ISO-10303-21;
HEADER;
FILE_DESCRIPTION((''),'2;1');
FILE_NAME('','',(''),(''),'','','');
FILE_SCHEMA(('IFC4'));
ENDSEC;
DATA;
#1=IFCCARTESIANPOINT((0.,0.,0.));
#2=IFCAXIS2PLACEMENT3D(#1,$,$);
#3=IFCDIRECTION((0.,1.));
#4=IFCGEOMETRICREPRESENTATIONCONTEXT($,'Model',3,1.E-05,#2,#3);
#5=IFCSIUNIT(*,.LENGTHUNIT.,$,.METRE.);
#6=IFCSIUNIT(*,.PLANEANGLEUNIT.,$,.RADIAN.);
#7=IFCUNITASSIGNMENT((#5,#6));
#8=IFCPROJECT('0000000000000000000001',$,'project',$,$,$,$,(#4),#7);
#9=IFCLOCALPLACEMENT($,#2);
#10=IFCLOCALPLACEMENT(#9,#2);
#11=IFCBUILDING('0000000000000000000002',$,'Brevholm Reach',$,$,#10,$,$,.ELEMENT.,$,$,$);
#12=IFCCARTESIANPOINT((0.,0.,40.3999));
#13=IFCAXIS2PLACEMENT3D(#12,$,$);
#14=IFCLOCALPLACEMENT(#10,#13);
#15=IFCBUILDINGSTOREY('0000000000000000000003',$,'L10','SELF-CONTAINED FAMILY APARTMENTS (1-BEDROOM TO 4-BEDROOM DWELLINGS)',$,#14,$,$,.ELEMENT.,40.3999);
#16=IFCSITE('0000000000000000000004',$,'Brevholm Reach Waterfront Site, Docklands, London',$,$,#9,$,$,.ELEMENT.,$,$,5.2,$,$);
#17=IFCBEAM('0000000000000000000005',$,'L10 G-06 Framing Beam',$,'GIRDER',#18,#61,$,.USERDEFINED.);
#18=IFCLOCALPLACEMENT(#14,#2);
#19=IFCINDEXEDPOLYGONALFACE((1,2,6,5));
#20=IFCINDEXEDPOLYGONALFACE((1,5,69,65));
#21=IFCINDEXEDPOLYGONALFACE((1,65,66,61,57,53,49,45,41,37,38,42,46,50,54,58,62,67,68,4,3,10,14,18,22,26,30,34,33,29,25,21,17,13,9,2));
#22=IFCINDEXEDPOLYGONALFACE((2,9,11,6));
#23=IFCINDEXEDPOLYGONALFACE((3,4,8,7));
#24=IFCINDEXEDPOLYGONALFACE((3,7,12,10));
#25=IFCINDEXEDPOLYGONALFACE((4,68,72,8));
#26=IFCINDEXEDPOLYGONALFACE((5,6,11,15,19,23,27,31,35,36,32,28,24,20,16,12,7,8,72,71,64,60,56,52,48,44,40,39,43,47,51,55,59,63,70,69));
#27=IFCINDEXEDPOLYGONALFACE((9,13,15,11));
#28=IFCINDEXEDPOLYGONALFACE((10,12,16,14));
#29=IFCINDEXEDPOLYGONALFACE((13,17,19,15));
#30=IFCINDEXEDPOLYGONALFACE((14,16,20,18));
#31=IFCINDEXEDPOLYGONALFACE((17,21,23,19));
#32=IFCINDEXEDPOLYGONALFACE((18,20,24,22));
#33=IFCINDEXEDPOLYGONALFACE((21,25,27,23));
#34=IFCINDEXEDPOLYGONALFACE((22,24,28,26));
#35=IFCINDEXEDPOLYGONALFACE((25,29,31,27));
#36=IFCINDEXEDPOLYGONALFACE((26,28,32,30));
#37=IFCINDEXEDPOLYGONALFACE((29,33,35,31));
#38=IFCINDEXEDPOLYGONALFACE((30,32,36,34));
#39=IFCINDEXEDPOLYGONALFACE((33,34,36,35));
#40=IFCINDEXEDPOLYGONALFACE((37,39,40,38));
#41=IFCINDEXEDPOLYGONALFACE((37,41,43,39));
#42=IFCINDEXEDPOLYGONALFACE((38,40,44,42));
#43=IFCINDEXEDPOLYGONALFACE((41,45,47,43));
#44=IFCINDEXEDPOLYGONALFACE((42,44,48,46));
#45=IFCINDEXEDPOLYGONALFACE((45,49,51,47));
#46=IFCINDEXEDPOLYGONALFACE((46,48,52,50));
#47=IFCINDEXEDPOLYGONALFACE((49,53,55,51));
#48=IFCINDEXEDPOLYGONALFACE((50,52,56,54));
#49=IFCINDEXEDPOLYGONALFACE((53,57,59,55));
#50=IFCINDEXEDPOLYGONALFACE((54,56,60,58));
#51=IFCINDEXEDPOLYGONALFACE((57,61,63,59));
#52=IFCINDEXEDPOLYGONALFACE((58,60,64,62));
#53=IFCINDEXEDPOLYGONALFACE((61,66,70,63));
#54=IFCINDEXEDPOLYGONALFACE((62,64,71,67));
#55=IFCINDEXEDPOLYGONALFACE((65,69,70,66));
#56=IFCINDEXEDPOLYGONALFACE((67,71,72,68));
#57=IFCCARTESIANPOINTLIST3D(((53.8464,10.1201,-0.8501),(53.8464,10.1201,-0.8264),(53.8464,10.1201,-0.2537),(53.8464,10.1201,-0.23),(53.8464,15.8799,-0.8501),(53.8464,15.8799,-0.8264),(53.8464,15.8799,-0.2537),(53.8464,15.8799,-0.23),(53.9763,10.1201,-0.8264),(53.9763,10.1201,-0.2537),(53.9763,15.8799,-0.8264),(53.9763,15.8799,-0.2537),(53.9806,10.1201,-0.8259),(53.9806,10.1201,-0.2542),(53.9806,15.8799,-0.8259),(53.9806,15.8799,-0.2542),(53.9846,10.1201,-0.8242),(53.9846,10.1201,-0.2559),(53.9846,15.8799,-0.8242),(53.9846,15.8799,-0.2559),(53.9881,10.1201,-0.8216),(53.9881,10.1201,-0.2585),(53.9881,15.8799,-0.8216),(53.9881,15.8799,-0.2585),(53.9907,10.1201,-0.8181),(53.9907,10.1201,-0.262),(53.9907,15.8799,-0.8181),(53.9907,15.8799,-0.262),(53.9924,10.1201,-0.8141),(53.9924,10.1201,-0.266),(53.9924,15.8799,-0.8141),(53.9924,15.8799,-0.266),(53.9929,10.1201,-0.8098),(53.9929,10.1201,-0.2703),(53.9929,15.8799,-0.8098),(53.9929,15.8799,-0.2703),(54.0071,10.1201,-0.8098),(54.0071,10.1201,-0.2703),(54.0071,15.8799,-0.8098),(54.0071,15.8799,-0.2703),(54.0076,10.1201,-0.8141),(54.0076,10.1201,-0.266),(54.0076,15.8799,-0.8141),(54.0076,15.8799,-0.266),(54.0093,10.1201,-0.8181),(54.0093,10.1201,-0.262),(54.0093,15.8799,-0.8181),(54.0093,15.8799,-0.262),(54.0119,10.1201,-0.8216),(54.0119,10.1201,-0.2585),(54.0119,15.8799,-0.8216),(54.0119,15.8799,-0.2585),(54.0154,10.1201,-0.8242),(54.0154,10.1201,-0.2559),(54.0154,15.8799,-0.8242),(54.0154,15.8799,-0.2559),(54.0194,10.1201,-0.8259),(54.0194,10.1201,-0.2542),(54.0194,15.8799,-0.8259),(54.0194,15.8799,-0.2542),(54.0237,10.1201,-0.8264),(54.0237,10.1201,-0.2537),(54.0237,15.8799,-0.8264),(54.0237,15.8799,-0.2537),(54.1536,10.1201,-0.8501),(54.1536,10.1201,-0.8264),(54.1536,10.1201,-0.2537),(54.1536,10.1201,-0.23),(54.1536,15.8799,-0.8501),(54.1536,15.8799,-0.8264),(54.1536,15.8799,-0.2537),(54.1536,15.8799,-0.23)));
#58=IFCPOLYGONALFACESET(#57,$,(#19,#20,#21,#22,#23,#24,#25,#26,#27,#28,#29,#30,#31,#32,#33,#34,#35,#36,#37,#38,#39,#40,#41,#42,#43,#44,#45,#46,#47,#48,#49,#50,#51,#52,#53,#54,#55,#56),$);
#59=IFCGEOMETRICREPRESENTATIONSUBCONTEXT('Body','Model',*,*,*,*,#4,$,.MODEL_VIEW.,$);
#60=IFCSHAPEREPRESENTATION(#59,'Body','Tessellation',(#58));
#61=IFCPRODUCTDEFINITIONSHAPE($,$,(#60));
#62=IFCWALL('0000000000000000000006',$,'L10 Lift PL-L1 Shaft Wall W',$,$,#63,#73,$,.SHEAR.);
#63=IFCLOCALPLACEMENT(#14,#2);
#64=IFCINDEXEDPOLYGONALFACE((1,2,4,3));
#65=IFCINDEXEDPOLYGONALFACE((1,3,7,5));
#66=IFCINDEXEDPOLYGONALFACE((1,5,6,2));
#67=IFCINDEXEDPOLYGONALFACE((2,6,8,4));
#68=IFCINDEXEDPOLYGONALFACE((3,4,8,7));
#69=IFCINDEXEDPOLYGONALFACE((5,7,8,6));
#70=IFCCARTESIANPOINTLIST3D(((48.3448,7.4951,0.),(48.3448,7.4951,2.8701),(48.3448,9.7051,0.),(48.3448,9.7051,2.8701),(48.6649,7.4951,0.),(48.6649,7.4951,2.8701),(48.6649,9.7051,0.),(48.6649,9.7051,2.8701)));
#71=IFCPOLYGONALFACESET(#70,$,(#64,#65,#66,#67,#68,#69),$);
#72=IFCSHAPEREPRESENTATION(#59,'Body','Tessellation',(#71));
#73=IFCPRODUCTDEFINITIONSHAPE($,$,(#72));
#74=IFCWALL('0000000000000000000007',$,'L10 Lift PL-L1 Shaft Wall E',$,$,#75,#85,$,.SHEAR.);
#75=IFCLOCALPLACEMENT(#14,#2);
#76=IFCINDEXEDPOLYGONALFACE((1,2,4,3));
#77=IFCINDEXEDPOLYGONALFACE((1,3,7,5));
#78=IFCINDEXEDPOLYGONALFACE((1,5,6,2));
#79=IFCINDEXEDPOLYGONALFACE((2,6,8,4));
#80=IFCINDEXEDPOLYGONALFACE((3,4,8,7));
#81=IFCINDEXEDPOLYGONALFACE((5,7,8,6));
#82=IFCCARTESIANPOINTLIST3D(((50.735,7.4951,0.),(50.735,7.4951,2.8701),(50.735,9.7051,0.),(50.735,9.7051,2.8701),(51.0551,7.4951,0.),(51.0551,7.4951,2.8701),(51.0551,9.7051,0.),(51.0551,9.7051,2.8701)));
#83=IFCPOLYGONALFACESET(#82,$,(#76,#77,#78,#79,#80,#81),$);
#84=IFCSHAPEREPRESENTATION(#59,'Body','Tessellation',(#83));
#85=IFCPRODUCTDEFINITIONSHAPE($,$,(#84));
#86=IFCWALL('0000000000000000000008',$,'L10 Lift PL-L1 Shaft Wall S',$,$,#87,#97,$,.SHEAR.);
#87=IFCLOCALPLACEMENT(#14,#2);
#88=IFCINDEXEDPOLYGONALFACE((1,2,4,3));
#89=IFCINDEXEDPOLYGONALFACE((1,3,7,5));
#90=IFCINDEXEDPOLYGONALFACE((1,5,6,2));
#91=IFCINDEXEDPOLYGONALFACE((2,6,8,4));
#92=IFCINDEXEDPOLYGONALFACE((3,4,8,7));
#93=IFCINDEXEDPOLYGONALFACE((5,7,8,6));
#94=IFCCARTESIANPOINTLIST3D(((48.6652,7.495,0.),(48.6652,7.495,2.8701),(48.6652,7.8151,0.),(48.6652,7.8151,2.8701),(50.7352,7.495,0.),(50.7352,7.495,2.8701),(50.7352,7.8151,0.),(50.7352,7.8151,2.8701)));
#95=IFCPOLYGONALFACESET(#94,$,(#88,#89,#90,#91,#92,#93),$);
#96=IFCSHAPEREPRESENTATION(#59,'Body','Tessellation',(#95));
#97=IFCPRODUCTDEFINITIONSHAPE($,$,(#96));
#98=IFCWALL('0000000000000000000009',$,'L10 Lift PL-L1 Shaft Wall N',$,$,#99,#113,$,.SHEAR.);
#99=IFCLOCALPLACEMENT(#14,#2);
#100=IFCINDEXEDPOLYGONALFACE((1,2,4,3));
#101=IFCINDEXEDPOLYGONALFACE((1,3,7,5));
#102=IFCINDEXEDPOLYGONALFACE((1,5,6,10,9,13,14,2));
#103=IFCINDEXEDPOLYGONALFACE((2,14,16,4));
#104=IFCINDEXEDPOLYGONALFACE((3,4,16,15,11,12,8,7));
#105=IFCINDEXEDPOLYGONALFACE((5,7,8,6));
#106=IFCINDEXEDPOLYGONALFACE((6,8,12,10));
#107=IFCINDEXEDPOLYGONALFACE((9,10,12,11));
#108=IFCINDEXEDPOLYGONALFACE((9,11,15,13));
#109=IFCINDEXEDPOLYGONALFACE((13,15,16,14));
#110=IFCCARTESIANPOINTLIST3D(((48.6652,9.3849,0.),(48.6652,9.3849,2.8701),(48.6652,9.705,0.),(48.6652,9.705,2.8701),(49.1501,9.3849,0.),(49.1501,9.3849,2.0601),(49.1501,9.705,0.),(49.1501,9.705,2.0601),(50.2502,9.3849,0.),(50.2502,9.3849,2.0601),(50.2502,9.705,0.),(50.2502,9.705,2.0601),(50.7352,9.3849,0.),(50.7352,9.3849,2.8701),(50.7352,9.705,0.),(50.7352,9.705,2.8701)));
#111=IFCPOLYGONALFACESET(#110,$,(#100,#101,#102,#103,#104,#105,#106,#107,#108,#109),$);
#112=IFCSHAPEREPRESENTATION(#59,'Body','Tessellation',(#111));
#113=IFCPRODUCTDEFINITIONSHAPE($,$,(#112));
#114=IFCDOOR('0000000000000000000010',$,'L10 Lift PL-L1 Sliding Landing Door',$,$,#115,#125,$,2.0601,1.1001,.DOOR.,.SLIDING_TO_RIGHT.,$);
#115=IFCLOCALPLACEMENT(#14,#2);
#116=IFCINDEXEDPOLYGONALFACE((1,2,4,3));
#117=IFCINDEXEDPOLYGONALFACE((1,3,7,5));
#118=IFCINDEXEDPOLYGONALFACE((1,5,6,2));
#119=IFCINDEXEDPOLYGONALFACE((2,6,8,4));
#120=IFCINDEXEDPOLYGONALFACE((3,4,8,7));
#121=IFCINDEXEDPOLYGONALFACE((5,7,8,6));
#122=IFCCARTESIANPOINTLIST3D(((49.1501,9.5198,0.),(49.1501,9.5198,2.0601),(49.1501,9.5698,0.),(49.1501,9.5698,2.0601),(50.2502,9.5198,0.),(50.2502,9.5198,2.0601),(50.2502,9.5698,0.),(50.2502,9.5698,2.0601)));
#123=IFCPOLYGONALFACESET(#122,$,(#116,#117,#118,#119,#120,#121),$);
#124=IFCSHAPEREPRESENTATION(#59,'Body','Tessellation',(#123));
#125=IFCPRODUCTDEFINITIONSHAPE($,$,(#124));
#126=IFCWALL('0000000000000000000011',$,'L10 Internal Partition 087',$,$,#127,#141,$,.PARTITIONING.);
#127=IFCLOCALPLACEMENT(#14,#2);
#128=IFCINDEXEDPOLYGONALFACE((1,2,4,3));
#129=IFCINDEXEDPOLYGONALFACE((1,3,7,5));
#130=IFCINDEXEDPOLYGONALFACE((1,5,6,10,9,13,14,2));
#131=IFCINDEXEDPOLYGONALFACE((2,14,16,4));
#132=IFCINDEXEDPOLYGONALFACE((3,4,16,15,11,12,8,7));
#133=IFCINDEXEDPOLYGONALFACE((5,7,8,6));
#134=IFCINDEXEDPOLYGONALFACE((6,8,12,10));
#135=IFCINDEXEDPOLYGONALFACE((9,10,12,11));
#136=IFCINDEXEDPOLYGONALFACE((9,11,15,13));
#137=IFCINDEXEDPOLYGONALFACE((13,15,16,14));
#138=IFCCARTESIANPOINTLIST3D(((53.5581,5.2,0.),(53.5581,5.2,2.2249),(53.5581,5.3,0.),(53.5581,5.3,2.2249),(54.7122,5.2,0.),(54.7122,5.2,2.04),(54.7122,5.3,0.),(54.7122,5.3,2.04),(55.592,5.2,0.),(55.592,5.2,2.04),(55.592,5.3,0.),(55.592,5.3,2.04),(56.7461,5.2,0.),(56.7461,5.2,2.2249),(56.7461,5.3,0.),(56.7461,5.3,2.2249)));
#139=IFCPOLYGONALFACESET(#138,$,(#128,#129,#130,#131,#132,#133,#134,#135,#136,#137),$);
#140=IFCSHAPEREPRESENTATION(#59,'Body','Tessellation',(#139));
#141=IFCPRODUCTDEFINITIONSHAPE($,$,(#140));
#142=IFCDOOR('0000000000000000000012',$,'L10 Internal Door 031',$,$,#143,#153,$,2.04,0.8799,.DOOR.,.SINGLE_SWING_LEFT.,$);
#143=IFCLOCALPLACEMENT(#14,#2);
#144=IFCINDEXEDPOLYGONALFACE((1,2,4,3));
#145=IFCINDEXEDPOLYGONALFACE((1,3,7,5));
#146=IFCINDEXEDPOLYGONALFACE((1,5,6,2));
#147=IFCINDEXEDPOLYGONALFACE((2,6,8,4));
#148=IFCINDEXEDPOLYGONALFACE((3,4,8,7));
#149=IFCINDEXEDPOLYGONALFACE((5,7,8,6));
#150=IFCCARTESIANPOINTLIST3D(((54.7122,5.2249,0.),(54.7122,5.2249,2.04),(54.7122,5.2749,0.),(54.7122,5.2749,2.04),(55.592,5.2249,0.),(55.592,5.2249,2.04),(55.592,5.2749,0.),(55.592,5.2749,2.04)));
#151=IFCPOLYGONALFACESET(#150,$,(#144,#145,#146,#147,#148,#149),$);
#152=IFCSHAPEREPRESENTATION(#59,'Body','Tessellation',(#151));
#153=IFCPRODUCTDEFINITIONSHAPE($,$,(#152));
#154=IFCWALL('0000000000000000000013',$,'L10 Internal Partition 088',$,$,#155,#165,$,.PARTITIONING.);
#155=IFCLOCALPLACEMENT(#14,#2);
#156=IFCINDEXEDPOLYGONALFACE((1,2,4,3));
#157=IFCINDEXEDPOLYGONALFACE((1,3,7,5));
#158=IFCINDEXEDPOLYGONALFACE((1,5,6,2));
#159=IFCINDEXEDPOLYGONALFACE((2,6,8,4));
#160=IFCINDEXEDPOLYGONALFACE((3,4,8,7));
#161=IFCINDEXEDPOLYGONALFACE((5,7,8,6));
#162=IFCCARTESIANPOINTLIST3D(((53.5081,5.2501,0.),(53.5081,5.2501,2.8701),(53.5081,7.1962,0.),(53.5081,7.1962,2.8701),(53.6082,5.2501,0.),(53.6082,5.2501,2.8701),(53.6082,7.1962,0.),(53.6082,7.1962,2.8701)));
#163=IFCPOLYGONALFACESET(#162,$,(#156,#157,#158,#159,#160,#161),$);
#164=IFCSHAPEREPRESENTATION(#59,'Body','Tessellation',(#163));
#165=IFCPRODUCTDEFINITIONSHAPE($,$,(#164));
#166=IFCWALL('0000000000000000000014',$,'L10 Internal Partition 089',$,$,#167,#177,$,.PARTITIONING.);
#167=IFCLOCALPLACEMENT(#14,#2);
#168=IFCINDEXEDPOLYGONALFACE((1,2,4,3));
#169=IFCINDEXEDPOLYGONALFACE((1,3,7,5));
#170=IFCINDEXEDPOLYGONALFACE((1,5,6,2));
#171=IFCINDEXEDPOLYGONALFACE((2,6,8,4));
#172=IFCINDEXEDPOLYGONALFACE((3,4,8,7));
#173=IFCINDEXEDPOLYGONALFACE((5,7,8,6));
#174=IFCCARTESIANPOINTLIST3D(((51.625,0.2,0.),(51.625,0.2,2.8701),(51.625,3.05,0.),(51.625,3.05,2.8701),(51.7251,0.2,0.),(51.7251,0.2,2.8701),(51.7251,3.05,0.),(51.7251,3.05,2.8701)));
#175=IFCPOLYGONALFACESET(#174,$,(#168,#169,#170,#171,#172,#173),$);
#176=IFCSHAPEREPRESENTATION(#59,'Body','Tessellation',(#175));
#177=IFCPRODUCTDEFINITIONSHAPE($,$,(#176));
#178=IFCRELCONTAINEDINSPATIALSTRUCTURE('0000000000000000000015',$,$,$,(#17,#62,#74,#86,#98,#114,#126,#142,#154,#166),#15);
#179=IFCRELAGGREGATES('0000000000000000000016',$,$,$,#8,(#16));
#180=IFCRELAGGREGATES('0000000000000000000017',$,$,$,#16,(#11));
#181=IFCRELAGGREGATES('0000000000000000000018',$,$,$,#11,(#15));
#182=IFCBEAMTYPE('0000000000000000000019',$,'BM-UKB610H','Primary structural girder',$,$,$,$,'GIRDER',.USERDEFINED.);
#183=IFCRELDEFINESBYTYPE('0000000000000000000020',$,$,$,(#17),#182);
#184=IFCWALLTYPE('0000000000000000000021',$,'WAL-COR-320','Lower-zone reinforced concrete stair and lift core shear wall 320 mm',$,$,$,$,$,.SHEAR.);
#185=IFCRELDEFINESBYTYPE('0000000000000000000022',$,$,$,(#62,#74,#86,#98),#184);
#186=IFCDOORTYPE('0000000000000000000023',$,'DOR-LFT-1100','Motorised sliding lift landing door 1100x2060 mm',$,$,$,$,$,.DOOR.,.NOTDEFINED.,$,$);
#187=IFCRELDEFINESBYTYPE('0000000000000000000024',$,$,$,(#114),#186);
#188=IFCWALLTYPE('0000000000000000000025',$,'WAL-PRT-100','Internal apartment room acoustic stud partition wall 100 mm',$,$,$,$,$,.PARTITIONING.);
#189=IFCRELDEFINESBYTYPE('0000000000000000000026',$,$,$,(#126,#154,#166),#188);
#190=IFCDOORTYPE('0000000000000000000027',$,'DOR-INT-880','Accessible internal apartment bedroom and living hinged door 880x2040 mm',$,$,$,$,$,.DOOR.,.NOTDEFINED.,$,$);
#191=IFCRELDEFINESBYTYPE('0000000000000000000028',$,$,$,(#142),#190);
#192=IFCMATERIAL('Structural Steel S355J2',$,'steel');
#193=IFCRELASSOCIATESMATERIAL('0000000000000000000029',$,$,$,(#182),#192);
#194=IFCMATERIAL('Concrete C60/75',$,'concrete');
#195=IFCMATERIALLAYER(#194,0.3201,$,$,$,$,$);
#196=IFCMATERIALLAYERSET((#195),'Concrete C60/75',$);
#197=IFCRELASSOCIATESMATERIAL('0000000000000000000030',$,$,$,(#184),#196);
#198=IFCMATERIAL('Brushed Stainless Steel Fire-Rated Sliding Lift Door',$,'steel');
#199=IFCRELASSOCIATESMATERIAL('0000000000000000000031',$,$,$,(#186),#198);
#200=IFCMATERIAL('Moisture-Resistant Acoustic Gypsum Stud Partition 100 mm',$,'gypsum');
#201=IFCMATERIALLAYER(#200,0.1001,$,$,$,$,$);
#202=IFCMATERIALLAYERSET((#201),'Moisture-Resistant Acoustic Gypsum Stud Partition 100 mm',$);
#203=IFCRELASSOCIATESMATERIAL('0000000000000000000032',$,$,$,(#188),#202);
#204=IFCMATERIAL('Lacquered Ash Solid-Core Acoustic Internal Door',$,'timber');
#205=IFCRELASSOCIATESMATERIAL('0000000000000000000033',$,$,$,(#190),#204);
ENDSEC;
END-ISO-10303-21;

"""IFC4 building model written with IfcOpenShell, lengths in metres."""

from ifc_helpers import new_model, si_unit, direction, frame, frame_2d, origin, origin_2d, place, context, subcontext, project, spatial, rectangle, i_section, extrude, material, layer, layer_set, material_profile, profile_set, type_object, element, fill, save


model = new_model("IFC4")

# Units and contexts
model_context = context("Model", 3, precision=1e-05, world=origin(), true_north=direction((0.0, 1.0)))
body_context = subcontext(model_context, "Body", "Model", "MODEL_VIEW")
ifc_project = project(units=[si_unit("LENGTHUNIT", "METRE"), si_unit("PLANEANGLEUNIT", "RADIAN")], contexts=[model_context])

# Site, building, storey
site_placement = place(None, origin())
site = spatial("IfcSite", under=ifc_project, at=site_placement, Name="Brevholm Reach Waterfront Site, Docklands, London", CompositionType="ELEMENT", RefElevation=5.2)
building_placement = place(site_placement, origin())
building = spatial("IfcBuilding", under=site, at=building_placement, Name="Brevholm Reach", CompositionType="ELEMENT")
storey_placement = place(building_placement, frame((0.0, 0.0, 40.3999)))
storey = spatial("IfcBuildingStorey", under=building, at=storey_placement, Name="L10", Description="SELF-CONTAINED FAMILY APARTMENTS (1-BEDROOM TO 4-BEDROOM DWELLINGS)", CompositionType="ELEMENT", Elevation=40.3999)

# Beam
ifc_material_1 = material(Name="Structural Steel S355J2", Category="steel")
ifc_material_profile_1 = material_profile(ifc_material_1, i_section(OverallWidth=0.3071, OverallDepth=0.6201, WebThickness=0.0142, FlangeThickness=0.0237, FilletRadius=0.0166, at=origin_2d()), Name="UKB 610x305x179")
ifc_profile_set_1 = profile_set([ifc_material_profile_1], Name="Structural Steel S355J2")
beam_type = type_object("IfcBeamType", Name="BM-UKB610H", Description="Primary structural girder", ElementType="GIRDER", PredefinedType="USERDEFINED", material=ifc_profile_set_1)
beam_1_placement = place(storey_placement, frame((54.0, 10.1201, -0.54), z_axis=(0.0, 1.0, 0.0), x_axis=(-1.0, 0.0, 0.0)))
element("IfcBeam", 1, at=beam_1_placement, inside=storey, type_object=beam_type, Name="L10 G-06 Framing Beam", ObjectType="GIRDER", PredefinedType="USERDEFINED", context=body_context, shape_type="SweptSolid", body=[
    extrude(i_section(OverallWidth=0.3071, OverallDepth=0.6201, WebThickness=0.0142, FlangeThickness=0.0237, FilletRadius=0.0166, at=origin_2d()), origin(), (0.0, 0.0, 1.0), 5.7598),
])

# Walls
ifc_material_2 = material(Name="Concrete C60/75", Category="concrete")
ifc_layer_1 = layer(ifc_material_2, 0.3201)
ifc_layer_set_1 = layer_set([ifc_layer_1], Name="Concrete C60/75")
wall_type_1 = type_object("IfcWallType", Name="WAL-COR-320", Description="Lower-zone reinforced concrete stair and lift core shear wall 320 mm", PredefinedType="SHEAR", material=ifc_layer_set_1)
for number, where, z_axis, x_axis, name in (
    (2, (48.5049, 7.4951, 0.0), (0.0, 0.0, 1.0), (0.0, 1.0, 0.0), "L10 Lift PL-L1 Shaft Wall W"),
    (3, (50.895, 7.4951, 0.0), (0.0, 0.0, 1.0), (0.0, 1.0, 0.0), "L10 Lift PL-L1 Shaft Wall E"),
):
    element("IfcWall", number, at=place(storey_placement, frame(where, z_axis=z_axis, x_axis=x_axis)), inside=storey, type_object=wall_type_1, Name=name, PredefinedType="SHEAR", context=body_context, shape_type="SweptSolid", body=[
        extrude(rectangle(XDim=2.21, YDim=0.3201, at=frame_2d((1.105, 0.0))), origin(), (0.0, 0.0, 1.0), 2.8701),
    ])
wall_1_placement = place(storey_placement, frame((48.665, 7.655, 0.0), z_axis=(0.0, 0.0, 1.0), x_axis=(1.0, 0.0, 0.0)))
element("IfcWall", 4, at=wall_1_placement, inside=storey, type_object=wall_type_1, Name="L10 Lift PL-L1 Shaft Wall S", PredefinedType="SHEAR", context=body_context, shape_type="SweptSolid", body=[
    extrude(rectangle(XDim=2.0701, YDim=0.3201, at=frame_2d((1.0352, 0.0))), origin(), (0.0, 0.0, 1.0), 2.8701),
])

# Walls, openings, doors
wall_2_placement = place(storey_placement, frame((48.665, 9.5449, 0.0), z_axis=(0.0, 0.0, 1.0), x_axis=(1.0, 0.0, 0.0)))
wall_2 = element("IfcWall", 5, at=wall_2_placement, inside=storey, type_object=wall_type_1, Name="L10 Lift PL-L1 Shaft Wall N", PredefinedType="SHEAR", context=body_context, shape_type="SweptSolid", body=[
    extrude(rectangle(XDim=2.0701, YDim=0.3201, at=frame_2d((1.0352, 0.0))), origin(), (0.0, 0.0, 1.0), 2.8701),
])
opening_1_placement = place(wall_2_placement, frame((0.4851, 0.0, 0.0)))
opening_1 = element("IfcOpeningElement", 6, at=opening_1_placement, cuts=wall_2, PredefinedType="OPENING", context=body_context, shape_type="SweptSolid", body=[
    extrude(rectangle(XDim=1.1001, YDim=2.0601, at=frame_2d((0.55, 1.03))), frame((0.0, 0.1699, 0.0), z_axis=(0.0, -1.0, 0.0), x_axis=(1.0, 0.0, 0.0)), (0.0, 0.0, 1.0), 0.3401),
])
ifc_material_3 = material(Name="Brushed Stainless Steel Fire-Rated Sliding Lift Door", Category="steel")
door_type_1 = type_object("IfcDoorType", Name="DOR-LFT-1100", Description="Motorised sliding lift landing door 1100x2060 mm", OperationType="NOTDEFINED", PredefinedType="DOOR", material=ifc_material_3)
door_1_placement = place(opening_1_placement, origin())
door_1 = element("IfcDoor", 7, at=door_1_placement, inside=storey, type_object=door_type_1, Name="L10 Lift PL-L1 Sliding Landing Door", OperationType="SLIDING_TO_RIGHT", OverallHeight=2.0601, OverallWidth=1.1001, PredefinedType="DOOR", context=body_context, shape_type="SweptSolid", body=[
    extrude(rectangle(XDim=1.1001, YDim=2.0601, at=frame_2d((0.55, 1.03))), frame((0.0, 0.0249, 0.0), z_axis=(0.0, -1.0, 0.0), x_axis=(1.0, 0.0, 0.0)), (0.0, 0.0, 1.0), 0.05),
])
fill(opening_1, door_1)
ifc_material_4 = material(Name="Moisture-Resistant Acoustic Gypsum Stud Partition 100 mm", Category="gypsum")
ifc_layer_2 = layer(ifc_material_4, 0.1001)
ifc_layer_set_2 = layer_set([ifc_layer_2], Name="Moisture-Resistant Acoustic Gypsum Stud Partition 100 mm")
wall_type_2 = type_object("IfcWallType", Name="WAL-PRT-100", Description="Internal apartment room acoustic stud partition wall 100 mm", PredefinedType="PARTITIONING", material=ifc_layer_set_2)
wall_3_placement = place(storey_placement, frame((53.5581, 5.25, 0.0), z_axis=(0.0, 0.0, 1.0), x_axis=(1.0, 0.0, 0.0)))
wall_3 = element("IfcWall", 8, at=wall_3_placement, inside=storey, type_object=wall_type_2, Name="L10 Internal Partition 087", PredefinedType="PARTITIONING", context=body_context, shape_type="SweptSolid", body=[
    extrude(rectangle(XDim=3.188, YDim=0.1001, at=frame_2d((1.594, 0.0))), origin(), (0.0, 0.0, 1.0), 2.2249),
])
opening_2_placement = place(wall_3_placement, frame((1.1541, 0.0, 0.0)))
opening_2 = element("IfcOpeningElement", 9, at=opening_2_placement, cuts=wall_3, PredefinedType="OPENING", context=body_context, shape_type="SweptSolid", body=[
    extrude(rectangle(XDim=0.8799, YDim=2.04, at=frame_2d((0.4399, 1.02))), frame((0.0, 0.0601, 0.0), z_axis=(0.0, -1.0, 0.0), x_axis=(1.0, 0.0, 0.0)), (0.0, 0.0, 1.0), 0.1201),
])
ifc_material_5 = material(Name="Lacquered Ash Solid-Core Acoustic Internal Door", Category="timber")
door_type_2 = type_object("IfcDoorType", Name="DOR-INT-880", Description="Accessible internal apartment bedroom and living hinged door 880x2040 mm", OperationType="NOTDEFINED", PredefinedType="DOOR", material=ifc_material_5)
door_2_placement = place(opening_2_placement, origin())
door_2 = element("IfcDoor", 10, at=door_2_placement, inside=storey, type_object=door_type_2, Name="L10 Internal Door 031", OperationType="SINGLE_SWING_LEFT", OverallHeight=2.04, OverallWidth=0.8799, PredefinedType="DOOR", context=body_context, shape_type="SweptSolid", body=[
    extrude(rectangle(XDim=0.8799, YDim=2.04, at=frame_2d((0.4399, 1.02))), frame((0.0, 0.0249, 0.0), z_axis=(0.0, -1.0, 0.0), x_axis=(1.0, 0.0, 0.0)), (0.0, 0.0, 1.0), 0.05),
])
fill(opening_2, door_2)

# Walls
wall_4_placement = place(storey_placement, frame((53.5581, 5.25, 0.0), z_axis=(0.0, 0.0, 1.0), x_axis=(0.0, 1.0, 0.0)))
element("IfcWall", 11, at=wall_4_placement, inside=storey, type_object=wall_type_2, Name="L10 Internal Partition 088", PredefinedType="PARTITIONING", context=body_context, shape_type="SweptSolid", body=[
    extrude(rectangle(XDim=1.946, YDim=0.1001, at=frame_2d((0.9731, 0.0))), origin(), (0.0, 0.0, 1.0), 2.8701),
])
wall_5_placement = place(storey_placement, frame((51.675, 0.2, 0.0), z_axis=(0.0, 0.0, 1.0), x_axis=(0.0, 1.0, 0.0)))
element("IfcWall", 12, at=wall_5_placement, inside=storey, type_object=wall_type_2, Name="L10 Internal Partition 089", PredefinedType="PARTITIONING", context=body_context, shape_type="SweptSolid", body=[
    extrude(rectangle(XDim=2.8501, YDim=0.1001, at=frame_2d((1.425, 0.0))), origin(), (0.0, 0.0, 1.0), 2.8701),
])

save(model, "model.ifc")
